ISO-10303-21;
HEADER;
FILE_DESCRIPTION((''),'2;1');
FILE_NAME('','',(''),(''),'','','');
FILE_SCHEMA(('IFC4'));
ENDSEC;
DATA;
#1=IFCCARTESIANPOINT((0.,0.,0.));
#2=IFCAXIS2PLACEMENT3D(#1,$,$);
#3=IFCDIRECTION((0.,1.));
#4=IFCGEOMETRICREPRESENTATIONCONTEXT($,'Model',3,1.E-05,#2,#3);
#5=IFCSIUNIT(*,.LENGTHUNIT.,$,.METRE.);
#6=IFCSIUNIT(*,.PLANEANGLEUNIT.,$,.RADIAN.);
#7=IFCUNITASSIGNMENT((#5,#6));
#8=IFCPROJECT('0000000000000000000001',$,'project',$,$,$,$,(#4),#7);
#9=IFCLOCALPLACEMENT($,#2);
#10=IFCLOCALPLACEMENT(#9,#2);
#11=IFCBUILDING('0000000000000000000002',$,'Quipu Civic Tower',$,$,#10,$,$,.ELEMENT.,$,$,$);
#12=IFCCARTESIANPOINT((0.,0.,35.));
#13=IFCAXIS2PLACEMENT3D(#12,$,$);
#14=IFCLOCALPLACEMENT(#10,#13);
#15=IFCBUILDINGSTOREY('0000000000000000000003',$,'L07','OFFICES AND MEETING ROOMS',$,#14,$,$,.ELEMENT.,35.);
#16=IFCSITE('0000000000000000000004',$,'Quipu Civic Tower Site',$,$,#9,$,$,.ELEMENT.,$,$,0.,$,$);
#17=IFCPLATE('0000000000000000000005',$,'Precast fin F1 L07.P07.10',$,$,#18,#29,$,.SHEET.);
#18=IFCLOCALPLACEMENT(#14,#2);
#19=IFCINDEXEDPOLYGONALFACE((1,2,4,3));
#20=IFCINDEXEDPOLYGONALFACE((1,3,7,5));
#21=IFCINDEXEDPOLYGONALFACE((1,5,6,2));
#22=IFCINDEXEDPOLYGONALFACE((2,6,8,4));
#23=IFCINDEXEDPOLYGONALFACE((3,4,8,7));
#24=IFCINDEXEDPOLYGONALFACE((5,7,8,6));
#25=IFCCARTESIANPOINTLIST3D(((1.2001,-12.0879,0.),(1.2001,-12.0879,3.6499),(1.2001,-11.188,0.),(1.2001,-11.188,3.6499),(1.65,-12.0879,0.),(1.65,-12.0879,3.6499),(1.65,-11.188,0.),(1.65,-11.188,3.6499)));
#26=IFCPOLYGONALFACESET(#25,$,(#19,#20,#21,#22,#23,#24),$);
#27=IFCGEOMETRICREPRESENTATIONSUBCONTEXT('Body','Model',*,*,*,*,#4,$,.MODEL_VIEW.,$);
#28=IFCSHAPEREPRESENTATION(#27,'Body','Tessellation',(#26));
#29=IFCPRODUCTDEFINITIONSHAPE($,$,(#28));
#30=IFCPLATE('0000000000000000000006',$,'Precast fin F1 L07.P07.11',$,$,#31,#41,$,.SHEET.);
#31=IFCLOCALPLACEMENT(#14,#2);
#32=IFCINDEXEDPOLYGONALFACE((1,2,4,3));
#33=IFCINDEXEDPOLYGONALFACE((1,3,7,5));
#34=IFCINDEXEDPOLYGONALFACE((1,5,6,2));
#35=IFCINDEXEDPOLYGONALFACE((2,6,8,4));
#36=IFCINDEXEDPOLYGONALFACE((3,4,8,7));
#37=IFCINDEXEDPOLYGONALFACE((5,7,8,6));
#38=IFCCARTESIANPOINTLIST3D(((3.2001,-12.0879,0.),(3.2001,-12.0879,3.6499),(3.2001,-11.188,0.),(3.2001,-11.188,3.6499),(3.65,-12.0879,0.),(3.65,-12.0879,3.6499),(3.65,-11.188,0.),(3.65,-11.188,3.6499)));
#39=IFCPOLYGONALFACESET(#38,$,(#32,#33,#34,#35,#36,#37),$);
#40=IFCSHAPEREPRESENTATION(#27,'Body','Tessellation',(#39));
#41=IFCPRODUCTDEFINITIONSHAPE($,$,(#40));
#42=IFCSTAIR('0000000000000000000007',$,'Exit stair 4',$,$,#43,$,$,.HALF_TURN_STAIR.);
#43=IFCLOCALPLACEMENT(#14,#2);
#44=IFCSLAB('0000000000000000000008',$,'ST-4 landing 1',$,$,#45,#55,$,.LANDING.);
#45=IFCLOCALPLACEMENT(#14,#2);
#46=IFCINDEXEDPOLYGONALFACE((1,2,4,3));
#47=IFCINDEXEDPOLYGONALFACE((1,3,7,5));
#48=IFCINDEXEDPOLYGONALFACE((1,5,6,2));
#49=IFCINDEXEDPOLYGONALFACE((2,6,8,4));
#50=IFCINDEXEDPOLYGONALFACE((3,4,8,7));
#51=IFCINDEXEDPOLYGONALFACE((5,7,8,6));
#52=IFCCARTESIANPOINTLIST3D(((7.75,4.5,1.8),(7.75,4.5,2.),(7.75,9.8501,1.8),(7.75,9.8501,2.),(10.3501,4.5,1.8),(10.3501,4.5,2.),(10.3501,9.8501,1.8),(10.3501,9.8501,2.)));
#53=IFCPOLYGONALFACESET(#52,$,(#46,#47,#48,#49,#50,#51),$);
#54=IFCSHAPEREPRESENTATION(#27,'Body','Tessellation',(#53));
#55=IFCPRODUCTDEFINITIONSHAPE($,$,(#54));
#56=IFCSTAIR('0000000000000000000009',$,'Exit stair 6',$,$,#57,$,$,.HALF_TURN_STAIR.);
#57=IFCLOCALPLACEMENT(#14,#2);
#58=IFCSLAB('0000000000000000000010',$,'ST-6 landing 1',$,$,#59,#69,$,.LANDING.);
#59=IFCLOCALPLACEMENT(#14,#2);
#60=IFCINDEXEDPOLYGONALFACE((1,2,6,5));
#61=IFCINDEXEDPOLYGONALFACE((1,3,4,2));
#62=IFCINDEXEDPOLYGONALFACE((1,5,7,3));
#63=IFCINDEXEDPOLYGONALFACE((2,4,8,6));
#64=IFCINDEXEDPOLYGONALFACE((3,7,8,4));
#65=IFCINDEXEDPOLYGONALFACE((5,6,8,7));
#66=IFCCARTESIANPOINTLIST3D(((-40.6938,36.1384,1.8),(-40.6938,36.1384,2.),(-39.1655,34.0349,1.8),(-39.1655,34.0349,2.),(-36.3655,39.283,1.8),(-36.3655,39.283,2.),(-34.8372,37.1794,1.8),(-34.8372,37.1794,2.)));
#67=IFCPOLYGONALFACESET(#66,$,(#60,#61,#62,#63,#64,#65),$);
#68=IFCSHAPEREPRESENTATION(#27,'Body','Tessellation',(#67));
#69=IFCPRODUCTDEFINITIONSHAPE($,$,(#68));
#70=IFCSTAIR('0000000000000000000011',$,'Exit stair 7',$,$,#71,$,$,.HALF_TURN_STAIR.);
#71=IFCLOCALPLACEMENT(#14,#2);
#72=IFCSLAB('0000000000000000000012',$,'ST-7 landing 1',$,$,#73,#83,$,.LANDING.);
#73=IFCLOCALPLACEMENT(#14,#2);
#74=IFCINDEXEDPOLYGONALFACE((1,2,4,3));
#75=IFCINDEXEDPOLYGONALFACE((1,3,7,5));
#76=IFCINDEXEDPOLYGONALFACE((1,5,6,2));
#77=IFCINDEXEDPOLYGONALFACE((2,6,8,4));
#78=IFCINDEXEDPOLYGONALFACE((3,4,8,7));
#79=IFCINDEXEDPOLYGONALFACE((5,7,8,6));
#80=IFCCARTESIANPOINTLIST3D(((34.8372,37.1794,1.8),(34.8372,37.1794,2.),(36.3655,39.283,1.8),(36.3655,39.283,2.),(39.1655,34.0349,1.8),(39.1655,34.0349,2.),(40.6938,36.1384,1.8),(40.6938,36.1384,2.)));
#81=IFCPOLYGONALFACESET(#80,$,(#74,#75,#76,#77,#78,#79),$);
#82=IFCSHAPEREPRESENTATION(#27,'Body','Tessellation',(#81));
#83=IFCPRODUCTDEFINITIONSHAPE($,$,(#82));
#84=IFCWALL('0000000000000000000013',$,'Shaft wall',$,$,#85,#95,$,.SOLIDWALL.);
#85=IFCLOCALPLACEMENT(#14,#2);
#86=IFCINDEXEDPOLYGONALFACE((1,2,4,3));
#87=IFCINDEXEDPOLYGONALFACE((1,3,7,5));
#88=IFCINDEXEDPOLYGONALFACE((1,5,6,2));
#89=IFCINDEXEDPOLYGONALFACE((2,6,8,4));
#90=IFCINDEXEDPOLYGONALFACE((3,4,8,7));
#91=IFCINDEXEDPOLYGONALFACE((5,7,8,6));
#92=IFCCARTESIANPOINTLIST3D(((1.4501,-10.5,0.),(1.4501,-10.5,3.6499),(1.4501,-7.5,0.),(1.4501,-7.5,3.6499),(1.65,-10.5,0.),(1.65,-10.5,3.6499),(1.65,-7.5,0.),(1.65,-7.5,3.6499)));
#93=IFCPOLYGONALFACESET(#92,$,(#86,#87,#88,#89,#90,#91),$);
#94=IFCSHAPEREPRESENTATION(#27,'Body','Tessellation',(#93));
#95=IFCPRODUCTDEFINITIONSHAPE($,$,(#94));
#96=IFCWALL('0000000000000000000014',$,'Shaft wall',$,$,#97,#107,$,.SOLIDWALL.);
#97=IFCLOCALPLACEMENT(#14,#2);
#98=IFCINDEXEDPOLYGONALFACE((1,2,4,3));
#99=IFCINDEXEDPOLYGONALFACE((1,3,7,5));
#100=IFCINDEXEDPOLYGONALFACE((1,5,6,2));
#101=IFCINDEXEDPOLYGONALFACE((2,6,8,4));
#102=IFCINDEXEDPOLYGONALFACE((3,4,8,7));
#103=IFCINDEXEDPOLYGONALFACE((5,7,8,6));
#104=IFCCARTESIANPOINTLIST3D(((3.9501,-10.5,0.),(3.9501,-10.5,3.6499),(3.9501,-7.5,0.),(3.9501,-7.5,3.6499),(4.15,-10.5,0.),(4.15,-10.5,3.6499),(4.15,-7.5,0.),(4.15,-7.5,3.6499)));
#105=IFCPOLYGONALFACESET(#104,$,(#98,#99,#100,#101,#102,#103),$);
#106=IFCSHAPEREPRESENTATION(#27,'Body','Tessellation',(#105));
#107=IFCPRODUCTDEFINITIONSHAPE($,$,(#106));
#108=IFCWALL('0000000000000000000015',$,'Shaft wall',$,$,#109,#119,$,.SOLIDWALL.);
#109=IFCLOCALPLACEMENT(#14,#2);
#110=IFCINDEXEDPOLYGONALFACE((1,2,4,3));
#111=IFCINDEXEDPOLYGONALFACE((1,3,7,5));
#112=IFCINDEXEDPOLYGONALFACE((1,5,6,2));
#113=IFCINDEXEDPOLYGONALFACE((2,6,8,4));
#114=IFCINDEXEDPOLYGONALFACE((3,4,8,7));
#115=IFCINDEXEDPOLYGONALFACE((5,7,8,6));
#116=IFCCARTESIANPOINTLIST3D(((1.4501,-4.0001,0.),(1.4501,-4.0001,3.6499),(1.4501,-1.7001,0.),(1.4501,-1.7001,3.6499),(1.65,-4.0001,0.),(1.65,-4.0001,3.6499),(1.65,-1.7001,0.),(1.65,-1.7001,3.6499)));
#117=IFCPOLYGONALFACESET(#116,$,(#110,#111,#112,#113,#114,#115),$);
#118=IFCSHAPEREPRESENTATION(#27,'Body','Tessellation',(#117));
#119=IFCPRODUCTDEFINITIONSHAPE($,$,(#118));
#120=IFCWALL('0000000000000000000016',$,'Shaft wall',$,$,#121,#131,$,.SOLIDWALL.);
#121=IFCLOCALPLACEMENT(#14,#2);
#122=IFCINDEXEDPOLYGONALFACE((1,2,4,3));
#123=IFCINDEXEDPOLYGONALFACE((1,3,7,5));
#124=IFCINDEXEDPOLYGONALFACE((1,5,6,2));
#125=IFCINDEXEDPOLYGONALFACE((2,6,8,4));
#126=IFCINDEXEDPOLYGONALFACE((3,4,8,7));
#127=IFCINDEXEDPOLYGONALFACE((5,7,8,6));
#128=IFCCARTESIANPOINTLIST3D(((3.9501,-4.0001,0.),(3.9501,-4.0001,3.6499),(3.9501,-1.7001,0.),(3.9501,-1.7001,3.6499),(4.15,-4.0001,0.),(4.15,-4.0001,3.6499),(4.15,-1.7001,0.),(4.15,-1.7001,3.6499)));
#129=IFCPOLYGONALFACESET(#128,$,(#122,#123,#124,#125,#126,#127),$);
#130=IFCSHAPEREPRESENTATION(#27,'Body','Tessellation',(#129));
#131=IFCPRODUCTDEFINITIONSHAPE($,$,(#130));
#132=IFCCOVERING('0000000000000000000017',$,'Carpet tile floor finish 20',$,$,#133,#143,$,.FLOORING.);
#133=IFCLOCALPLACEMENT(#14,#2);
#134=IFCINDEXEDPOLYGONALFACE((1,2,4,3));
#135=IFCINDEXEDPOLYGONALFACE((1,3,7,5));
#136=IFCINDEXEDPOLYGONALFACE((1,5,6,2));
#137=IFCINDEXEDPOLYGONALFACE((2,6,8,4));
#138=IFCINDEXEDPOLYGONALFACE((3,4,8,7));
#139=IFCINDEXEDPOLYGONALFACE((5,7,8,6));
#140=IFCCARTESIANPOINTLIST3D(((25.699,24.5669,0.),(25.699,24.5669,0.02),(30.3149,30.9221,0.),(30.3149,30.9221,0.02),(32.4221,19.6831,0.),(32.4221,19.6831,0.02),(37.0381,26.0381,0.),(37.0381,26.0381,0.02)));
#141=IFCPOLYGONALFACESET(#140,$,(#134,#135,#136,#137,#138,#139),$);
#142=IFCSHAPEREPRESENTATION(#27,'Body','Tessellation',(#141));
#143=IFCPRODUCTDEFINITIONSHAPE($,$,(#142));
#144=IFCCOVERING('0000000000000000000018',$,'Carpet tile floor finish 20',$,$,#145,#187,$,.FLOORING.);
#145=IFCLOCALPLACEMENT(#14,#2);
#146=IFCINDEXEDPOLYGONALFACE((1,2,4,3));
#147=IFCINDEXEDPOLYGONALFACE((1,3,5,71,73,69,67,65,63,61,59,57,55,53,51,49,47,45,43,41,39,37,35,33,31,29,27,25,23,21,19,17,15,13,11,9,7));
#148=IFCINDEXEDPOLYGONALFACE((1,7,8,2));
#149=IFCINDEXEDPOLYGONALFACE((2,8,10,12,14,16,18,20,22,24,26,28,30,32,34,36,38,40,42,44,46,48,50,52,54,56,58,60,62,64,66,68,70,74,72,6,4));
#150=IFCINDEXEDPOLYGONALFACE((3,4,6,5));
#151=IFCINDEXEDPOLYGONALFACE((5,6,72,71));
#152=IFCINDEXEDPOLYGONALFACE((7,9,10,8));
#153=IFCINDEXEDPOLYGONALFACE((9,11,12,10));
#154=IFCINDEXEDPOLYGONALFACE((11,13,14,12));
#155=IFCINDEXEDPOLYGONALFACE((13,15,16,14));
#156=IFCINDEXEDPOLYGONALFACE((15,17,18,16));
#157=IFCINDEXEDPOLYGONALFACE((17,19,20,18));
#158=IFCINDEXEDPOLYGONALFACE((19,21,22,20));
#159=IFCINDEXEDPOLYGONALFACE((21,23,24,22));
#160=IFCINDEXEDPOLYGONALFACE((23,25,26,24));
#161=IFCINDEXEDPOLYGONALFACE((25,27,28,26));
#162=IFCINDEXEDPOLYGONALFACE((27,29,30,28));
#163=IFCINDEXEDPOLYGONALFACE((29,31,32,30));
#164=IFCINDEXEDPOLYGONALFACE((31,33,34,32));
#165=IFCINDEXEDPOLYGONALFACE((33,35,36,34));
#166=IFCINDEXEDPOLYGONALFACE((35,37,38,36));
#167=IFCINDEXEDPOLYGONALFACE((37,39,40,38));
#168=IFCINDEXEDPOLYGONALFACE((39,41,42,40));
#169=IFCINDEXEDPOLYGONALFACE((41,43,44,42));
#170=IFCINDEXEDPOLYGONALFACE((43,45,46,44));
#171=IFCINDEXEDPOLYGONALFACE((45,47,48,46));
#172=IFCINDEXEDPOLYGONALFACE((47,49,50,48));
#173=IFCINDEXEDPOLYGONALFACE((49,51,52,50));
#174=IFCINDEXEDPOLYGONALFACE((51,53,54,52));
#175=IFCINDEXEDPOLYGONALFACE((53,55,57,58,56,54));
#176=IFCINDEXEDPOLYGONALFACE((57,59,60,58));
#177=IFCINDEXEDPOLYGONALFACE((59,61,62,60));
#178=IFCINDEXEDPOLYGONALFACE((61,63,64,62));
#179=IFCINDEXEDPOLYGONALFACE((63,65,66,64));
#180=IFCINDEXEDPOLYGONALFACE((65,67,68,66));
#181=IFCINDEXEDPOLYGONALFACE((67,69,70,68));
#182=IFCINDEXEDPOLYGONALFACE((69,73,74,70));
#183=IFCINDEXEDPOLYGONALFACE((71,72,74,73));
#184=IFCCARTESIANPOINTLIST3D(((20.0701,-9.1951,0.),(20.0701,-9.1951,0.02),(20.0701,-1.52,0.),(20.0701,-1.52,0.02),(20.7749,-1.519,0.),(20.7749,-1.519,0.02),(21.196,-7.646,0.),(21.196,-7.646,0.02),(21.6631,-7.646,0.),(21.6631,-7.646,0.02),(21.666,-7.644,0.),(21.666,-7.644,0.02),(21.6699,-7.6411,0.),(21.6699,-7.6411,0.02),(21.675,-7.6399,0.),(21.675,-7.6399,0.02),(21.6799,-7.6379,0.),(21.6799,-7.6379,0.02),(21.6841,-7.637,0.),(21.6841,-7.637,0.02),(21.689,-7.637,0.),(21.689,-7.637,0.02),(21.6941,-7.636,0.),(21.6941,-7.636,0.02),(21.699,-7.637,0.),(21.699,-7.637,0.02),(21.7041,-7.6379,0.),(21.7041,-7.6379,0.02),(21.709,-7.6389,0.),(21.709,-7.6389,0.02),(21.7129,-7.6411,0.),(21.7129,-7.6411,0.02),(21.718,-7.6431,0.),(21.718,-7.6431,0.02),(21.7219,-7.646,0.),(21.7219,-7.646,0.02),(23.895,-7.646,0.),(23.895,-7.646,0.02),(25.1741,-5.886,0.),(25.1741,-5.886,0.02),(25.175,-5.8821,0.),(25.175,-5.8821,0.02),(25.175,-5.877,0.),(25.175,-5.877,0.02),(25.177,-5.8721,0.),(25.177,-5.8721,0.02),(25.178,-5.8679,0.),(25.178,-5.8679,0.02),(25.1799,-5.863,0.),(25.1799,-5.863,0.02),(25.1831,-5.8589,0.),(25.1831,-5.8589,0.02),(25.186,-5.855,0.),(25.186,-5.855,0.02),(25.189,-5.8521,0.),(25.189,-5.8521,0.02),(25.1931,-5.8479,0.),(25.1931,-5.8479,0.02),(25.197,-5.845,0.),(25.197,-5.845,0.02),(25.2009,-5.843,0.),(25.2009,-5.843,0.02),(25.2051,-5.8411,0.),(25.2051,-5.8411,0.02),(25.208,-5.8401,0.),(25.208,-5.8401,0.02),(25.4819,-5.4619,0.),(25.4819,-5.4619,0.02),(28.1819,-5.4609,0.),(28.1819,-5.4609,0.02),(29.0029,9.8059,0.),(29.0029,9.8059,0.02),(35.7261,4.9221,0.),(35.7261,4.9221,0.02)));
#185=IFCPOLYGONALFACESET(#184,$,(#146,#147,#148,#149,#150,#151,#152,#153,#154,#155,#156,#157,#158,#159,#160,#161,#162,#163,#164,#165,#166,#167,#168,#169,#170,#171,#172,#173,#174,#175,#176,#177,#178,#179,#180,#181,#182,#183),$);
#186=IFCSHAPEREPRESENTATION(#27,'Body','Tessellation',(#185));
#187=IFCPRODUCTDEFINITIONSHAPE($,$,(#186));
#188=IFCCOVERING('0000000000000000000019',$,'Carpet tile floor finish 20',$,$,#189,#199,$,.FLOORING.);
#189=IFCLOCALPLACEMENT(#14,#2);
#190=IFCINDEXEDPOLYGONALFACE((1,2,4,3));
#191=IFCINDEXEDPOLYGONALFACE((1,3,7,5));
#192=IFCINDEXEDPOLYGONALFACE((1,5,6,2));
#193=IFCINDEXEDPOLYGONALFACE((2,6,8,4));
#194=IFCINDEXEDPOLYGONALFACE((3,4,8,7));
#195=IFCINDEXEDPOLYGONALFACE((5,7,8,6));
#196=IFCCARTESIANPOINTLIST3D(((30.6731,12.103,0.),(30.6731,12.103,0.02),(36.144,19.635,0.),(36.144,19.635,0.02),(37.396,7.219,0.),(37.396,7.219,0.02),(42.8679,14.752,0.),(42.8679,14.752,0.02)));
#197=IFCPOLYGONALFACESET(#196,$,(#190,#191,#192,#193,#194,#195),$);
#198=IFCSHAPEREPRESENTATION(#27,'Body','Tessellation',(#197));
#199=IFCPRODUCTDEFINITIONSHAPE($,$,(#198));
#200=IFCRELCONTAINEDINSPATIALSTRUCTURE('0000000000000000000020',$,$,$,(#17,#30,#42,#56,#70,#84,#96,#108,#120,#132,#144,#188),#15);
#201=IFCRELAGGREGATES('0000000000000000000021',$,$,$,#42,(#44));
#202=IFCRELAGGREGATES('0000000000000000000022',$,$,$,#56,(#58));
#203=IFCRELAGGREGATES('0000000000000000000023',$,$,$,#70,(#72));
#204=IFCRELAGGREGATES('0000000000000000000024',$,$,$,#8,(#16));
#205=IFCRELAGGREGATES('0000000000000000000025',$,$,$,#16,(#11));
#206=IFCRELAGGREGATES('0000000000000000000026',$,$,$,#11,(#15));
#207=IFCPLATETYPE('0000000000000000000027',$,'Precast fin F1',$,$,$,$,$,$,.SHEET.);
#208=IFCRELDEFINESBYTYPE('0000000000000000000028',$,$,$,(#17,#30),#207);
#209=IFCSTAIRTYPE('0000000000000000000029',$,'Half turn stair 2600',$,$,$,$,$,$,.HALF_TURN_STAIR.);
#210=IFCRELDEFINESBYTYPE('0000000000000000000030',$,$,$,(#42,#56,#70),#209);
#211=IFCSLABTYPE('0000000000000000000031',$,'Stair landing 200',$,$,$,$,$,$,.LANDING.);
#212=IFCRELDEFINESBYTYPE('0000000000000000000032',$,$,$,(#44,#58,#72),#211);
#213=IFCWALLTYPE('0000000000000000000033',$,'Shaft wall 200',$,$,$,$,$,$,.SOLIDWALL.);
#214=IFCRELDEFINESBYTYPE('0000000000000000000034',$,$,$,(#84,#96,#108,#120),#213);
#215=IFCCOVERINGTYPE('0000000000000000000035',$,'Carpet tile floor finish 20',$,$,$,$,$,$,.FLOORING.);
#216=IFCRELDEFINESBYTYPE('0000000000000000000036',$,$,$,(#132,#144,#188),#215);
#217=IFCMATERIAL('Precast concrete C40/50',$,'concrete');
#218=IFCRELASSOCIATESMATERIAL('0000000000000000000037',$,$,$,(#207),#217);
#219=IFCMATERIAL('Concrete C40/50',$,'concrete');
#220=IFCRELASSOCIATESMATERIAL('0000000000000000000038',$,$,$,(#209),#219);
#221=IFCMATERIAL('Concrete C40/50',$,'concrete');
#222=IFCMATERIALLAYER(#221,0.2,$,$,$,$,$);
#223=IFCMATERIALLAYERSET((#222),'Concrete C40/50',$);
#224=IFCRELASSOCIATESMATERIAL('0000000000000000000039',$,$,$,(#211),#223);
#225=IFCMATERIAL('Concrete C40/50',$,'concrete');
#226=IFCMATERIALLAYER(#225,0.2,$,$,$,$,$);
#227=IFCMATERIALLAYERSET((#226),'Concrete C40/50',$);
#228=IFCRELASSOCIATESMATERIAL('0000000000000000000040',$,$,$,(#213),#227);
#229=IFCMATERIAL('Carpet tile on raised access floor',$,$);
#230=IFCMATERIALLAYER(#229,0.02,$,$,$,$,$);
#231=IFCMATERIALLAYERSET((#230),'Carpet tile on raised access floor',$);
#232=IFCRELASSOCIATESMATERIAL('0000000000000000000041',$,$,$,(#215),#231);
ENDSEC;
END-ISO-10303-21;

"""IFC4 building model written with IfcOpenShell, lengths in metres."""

from ifc_helpers import new_model, si_unit, direction, frame, frame_2d, origin, origin_2d, place, context, subcontext, project, spatial, polyline, rectangle, outline, extrude, material, layer, layer_set, type_object, element, aggregate, save


model = new_model("IFC4")

# Units and contexts
model_context = context("Model", 3, precision=1e-05, world=origin(), true_north=direction((0.0, 1.0)))
body_context = subcontext(model_context, "Body", "Model", "MODEL_VIEW")
ifc_project = project(units=[si_unit("LENGTHUNIT", "METRE"), si_unit("PLANEANGLEUNIT", "RADIAN")], contexts=[model_context])

# Site, building, storey
site_placement = place(None, origin())
site = spatial("IfcSite", under=ifc_project, at=site_placement, Name="Quipu Civic Tower Site", CompositionType="ELEMENT", RefElevation=0.0)
building_placement = place(site_placement, origin())
building = spatial("IfcBuilding", under=site, at=building_placement, Name="Quipu Civic Tower", CompositionType="ELEMENT")
storey_placement = place(building_placement, frame((0.0, 0.0, 35.0)))
storey = spatial("IfcBuildingStorey", under=building, at=storey_placement, Name="L07", Description="OFFICES AND MEETING ROOMS", CompositionType="ELEMENT", Elevation=35.0)

# Plates
ifc_material_1 = material(Name="Precast concrete C40/50", Category="concrete")
plate_type = type_object("IfcPlateType", Name="Precast fin F1", PredefinedType="SHEET", material=ifc_material_1)
for number, where, z_axis, x_axis, name in (
    (1, (1.425, -11.6379, 0.0), (0.0, 0.0, 1.0), (1.0, 0.0, 0.0), "Precast fin F1 L07.P07.10"),
    (2, (3.425, -11.6379, 0.0), (0.0, 0.0, 1.0), (1.0, 0.0, 0.0), "Precast fin F1 L07.P07.11"),
):
    element("IfcPlate", number, at=place(storey_placement, frame(where, z_axis=z_axis, x_axis=x_axis)), inside=storey, type_object=plate_type, Name=name, PredefinedType="SHEET", context=body_context, shape_type="SweptSolid", body=[
        extrude(rectangle(XDim=0.45, YDim=0.8999, at=origin_2d()), origin(), (0.0, 0.0, 1.0), 3.6499),
    ])

# Stairs, slabs
ifc_material_2 = material(Name="Concrete C40/50", Category="concrete")
stair_type = type_object("IfcStairType", Name="Half turn stair 2600", PredefinedType="HALF_TURN_STAIR", material=ifc_material_2)
stair_1_placement = place(storey_placement, origin())
stair_1 = element("IfcStair", 3, at=stair_1_placement, inside=storey, type_object=stair_type, Name="Exit stair 4", PredefinedType="HALF_TURN_STAIR")
ifc_material_3 = material(Name="Concrete C40/50", Category="concrete")
ifc_layer_1 = layer(ifc_material_3, 0.2)
ifc_layer_set_1 = layer_set([ifc_layer_1], Name="Concrete C40/50")
slab_type = type_object("IfcSlabType", Name="Stair landing 200", PredefinedType="LANDING", material=ifc_layer_set_1)
slab_1_placement = place(storey_placement, frame((0.0, 0.0, 1.8)))
slab_1 = element("IfcSlab", 4, at=slab_1_placement, type_object=slab_type, Name="ST-4 landing 1", PredefinedType="LANDING", context=body_context, shape_type="SweptSolid", body=[
    extrude(outline(polyline([(10.3501, 9.8501), (7.75, 9.8501), (7.75, 4.5), (10.3501, 4.5), (10.3501, 9.8501)])), origin(), (0.0, 0.0, 1.0), 0.2),
])
aggregate(stair_1, [slab_1])
stair_2_placement = place(storey_placement, origin())
stair_2 = element("IfcStair", 5, at=stair_2_placement, inside=storey, type_object=stair_type, Name="Exit stair 6", PredefinedType="HALF_TURN_STAIR")
slab_2_placement = place(storey_placement, frame((0.0, 0.0, 1.8)))
slab_2 = element("IfcSlab", 6, at=slab_2_placement, type_object=slab_type, Name="ST-6 landing 1", PredefinedType="LANDING", context=body_context, shape_type="SweptSolid", body=[
    extrude(outline(polyline([(-34.8372, 37.1794), (-36.3655, 39.283), (-40.6938, 36.1384), (-39.1655, 34.0349), (-34.8372, 37.1794)])), origin(), (0.0, 0.0, 1.0), 0.2),
])
aggregate(stair_2, [slab_2])
stair_3_placement = place(storey_placement, origin())
stair_3 = element("IfcStair", 7, at=stair_3_placement, inside=storey, type_object=stair_type, Name="Exit stair 7", PredefinedType="HALF_TURN_STAIR")
slab_3_placement = place(storey_placement, frame((0.0, 0.0, 1.8)))
slab_3 = element("IfcSlab", 8, at=slab_3_placement, type_object=slab_type, Name="ST-7 landing 1", PredefinedType="LANDING", context=body_context, shape_type="SweptSolid", body=[
    extrude(outline(polyline([(39.1655, 34.0349), (40.6938, 36.1384), (36.3655, 39.283), (34.8372, 37.1794), (39.1655, 34.0349)])), origin(), (0.0, 0.0, 1.0), 0.2),
])
aggregate(stair_3, [slab_3])

# Walls
ifc_material_4 = material(Name="Concrete C40/50", Category="concrete")
ifc_layer_2 = layer(ifc_material_4, 0.2)
ifc_layer_set_2 = layer_set([ifc_layer_2], Name="Concrete C40/50")
wall_type = type_object("IfcWallType", Name="Shaft wall 200", PredefinedType="SOLIDWALL", material=ifc_layer_set_2)
for number, where, z_axis, x_axis, name in (
    (9, (1.55, -10.5, 0.0), (0.0, 0.0, 1.0), (0.0, 1.0, 0.0), "Shaft wall"),
    (10, (4.05, -10.5, 0.0), (0.0, 0.0, 1.0), (0.0, 1.0, 0.0), "Shaft wall"),
):
    element("IfcWall", number, at=place(storey_placement, frame(where, z_axis=z_axis, x_axis=x_axis)), inside=storey, type_object=wall_type, Name=name, PredefinedType="SOLIDWALL", context=body_context, shape_type="SweptSolid", body=[
        extrude(rectangle(XDim=3.0, YDim=0.2, at=frame_2d((1.5, 0.0))), origin(), (0.0, 0.0, 1.0), 3.6499),
    ])
for number, where, z_axis, x_axis, name in (
    (11, (1.55, -4.0, 0.0), (0.0, 0.0, 1.0), (0.0, 1.0, 0.0), "Shaft wall"),
    (12, (4.05, -4.0, 0.0), (0.0, 0.0, 1.0), (0.0, 1.0, 0.0), "Shaft wall"),
):
    element("IfcWall", number, at=place(storey_placement, frame(where, z_axis=z_axis, x_axis=x_axis)), inside=storey, type_object=wall_type, Name=name, PredefinedType="SOLIDWALL", context=body_context, shape_type="SweptSolid", body=[
        extrude(rectangle(XDim=2.3, YDim=0.2, at=frame_2d((1.1499, 0.0))), origin(), (0.0, 0.0, 1.0), 3.6499),
    ])

# Coverings
ifc_material_5 = material(Name="Carpet tile on raised access floor")
ifc_layer_3 = layer(ifc_material_5, 0.02)
ifc_layer_set_3 = layer_set([ifc_layer_3], Name="Carpet tile on raised access floor")
covering_type_1 = type_object("IfcCoveringType", Name="Carpet tile floor finish 20", PredefinedType="FLOORING", material=ifc_layer_set_3)
covering_1_placement = place(storey_placement, origin())
element("IfcCovering", 13, at=covering_1_placement, inside=storey, type_object=covering_type_1, Name="Carpet tile floor finish 20", PredefinedType="FLOORING", context=body_context, shape_type="SweptSolid", body=[
    extrude(outline(polyline([(25.699, 24.5669), (30.3149, 30.9221), (37.0381, 26.0381), (32.4221, 19.6831), (25.699, 24.5669)])), origin(), (0.0, 0.0, 1.0), 0.02),
])
covering_2_placement = place(storey_placement, origin())
element("IfcCovering", 14, at=covering_2_placement, inside=storey, type_object=covering_type_1, Name="Carpet tile floor finish 20", PredefinedType="FLOORING", context=body_context, shape_type="SweptSolid", body=[
    extrude(outline(polyline([(20.0701, -9.1951), (20.0701, -1.52), (20.7749, -1.519), (29.0029, 9.8059), (35.7261, 4.9221), (28.1819, -5.4609), (25.4819, -5.4619), (25.208, -5.8401), (25.2051, -5.8411), (25.2009, -5.843), (25.197, -5.845), (25.1931, -5.8479), (25.189, -5.8521), (25.186, -5.855), (25.1831, -5.8589), (25.1799, -5.863), (25.178, -5.8679), (25.177, -5.8721), (25.175, -5.877), (25.175, -5.8821), (25.1741, -5.886), (23.895, -7.646), (21.7219, -7.646), (21.7219, -7.646), (21.718, -7.6431), (21.7129, -7.6411), (21.709, -7.6389), (21.7041, -7.6379), (21.699, -7.637), (21.6941, -7.636), (21.689, -7.637), (21.6841, -7.637), (21.6799, -7.6379), (21.675, -7.6399), (21.6699, -7.6411), (21.666, -7.644), (21.6631, -7.646), (21.196, -7.646), (20.0701, -9.1951)])), origin(), (0.0, 0.0, 1.0), 0.02),
])
covering_3_placement = place(storey_placement, origin())
element("IfcCovering", 15, at=covering_3_placement, inside=storey, type_object=covering_type_1, Name="Carpet tile floor finish 20", PredefinedType="FLOORING", context=body_context, shape_type="SweptSolid", body=[
    extrude(outline(polyline([(30.6731, 12.103), (36.144, 19.635), (42.8679, 14.752), (37.396, 7.219), (30.6731, 12.103)])), origin(), (0.0, 0.0, 1.0), 0.02),
])

save(model, "model.ifc")
